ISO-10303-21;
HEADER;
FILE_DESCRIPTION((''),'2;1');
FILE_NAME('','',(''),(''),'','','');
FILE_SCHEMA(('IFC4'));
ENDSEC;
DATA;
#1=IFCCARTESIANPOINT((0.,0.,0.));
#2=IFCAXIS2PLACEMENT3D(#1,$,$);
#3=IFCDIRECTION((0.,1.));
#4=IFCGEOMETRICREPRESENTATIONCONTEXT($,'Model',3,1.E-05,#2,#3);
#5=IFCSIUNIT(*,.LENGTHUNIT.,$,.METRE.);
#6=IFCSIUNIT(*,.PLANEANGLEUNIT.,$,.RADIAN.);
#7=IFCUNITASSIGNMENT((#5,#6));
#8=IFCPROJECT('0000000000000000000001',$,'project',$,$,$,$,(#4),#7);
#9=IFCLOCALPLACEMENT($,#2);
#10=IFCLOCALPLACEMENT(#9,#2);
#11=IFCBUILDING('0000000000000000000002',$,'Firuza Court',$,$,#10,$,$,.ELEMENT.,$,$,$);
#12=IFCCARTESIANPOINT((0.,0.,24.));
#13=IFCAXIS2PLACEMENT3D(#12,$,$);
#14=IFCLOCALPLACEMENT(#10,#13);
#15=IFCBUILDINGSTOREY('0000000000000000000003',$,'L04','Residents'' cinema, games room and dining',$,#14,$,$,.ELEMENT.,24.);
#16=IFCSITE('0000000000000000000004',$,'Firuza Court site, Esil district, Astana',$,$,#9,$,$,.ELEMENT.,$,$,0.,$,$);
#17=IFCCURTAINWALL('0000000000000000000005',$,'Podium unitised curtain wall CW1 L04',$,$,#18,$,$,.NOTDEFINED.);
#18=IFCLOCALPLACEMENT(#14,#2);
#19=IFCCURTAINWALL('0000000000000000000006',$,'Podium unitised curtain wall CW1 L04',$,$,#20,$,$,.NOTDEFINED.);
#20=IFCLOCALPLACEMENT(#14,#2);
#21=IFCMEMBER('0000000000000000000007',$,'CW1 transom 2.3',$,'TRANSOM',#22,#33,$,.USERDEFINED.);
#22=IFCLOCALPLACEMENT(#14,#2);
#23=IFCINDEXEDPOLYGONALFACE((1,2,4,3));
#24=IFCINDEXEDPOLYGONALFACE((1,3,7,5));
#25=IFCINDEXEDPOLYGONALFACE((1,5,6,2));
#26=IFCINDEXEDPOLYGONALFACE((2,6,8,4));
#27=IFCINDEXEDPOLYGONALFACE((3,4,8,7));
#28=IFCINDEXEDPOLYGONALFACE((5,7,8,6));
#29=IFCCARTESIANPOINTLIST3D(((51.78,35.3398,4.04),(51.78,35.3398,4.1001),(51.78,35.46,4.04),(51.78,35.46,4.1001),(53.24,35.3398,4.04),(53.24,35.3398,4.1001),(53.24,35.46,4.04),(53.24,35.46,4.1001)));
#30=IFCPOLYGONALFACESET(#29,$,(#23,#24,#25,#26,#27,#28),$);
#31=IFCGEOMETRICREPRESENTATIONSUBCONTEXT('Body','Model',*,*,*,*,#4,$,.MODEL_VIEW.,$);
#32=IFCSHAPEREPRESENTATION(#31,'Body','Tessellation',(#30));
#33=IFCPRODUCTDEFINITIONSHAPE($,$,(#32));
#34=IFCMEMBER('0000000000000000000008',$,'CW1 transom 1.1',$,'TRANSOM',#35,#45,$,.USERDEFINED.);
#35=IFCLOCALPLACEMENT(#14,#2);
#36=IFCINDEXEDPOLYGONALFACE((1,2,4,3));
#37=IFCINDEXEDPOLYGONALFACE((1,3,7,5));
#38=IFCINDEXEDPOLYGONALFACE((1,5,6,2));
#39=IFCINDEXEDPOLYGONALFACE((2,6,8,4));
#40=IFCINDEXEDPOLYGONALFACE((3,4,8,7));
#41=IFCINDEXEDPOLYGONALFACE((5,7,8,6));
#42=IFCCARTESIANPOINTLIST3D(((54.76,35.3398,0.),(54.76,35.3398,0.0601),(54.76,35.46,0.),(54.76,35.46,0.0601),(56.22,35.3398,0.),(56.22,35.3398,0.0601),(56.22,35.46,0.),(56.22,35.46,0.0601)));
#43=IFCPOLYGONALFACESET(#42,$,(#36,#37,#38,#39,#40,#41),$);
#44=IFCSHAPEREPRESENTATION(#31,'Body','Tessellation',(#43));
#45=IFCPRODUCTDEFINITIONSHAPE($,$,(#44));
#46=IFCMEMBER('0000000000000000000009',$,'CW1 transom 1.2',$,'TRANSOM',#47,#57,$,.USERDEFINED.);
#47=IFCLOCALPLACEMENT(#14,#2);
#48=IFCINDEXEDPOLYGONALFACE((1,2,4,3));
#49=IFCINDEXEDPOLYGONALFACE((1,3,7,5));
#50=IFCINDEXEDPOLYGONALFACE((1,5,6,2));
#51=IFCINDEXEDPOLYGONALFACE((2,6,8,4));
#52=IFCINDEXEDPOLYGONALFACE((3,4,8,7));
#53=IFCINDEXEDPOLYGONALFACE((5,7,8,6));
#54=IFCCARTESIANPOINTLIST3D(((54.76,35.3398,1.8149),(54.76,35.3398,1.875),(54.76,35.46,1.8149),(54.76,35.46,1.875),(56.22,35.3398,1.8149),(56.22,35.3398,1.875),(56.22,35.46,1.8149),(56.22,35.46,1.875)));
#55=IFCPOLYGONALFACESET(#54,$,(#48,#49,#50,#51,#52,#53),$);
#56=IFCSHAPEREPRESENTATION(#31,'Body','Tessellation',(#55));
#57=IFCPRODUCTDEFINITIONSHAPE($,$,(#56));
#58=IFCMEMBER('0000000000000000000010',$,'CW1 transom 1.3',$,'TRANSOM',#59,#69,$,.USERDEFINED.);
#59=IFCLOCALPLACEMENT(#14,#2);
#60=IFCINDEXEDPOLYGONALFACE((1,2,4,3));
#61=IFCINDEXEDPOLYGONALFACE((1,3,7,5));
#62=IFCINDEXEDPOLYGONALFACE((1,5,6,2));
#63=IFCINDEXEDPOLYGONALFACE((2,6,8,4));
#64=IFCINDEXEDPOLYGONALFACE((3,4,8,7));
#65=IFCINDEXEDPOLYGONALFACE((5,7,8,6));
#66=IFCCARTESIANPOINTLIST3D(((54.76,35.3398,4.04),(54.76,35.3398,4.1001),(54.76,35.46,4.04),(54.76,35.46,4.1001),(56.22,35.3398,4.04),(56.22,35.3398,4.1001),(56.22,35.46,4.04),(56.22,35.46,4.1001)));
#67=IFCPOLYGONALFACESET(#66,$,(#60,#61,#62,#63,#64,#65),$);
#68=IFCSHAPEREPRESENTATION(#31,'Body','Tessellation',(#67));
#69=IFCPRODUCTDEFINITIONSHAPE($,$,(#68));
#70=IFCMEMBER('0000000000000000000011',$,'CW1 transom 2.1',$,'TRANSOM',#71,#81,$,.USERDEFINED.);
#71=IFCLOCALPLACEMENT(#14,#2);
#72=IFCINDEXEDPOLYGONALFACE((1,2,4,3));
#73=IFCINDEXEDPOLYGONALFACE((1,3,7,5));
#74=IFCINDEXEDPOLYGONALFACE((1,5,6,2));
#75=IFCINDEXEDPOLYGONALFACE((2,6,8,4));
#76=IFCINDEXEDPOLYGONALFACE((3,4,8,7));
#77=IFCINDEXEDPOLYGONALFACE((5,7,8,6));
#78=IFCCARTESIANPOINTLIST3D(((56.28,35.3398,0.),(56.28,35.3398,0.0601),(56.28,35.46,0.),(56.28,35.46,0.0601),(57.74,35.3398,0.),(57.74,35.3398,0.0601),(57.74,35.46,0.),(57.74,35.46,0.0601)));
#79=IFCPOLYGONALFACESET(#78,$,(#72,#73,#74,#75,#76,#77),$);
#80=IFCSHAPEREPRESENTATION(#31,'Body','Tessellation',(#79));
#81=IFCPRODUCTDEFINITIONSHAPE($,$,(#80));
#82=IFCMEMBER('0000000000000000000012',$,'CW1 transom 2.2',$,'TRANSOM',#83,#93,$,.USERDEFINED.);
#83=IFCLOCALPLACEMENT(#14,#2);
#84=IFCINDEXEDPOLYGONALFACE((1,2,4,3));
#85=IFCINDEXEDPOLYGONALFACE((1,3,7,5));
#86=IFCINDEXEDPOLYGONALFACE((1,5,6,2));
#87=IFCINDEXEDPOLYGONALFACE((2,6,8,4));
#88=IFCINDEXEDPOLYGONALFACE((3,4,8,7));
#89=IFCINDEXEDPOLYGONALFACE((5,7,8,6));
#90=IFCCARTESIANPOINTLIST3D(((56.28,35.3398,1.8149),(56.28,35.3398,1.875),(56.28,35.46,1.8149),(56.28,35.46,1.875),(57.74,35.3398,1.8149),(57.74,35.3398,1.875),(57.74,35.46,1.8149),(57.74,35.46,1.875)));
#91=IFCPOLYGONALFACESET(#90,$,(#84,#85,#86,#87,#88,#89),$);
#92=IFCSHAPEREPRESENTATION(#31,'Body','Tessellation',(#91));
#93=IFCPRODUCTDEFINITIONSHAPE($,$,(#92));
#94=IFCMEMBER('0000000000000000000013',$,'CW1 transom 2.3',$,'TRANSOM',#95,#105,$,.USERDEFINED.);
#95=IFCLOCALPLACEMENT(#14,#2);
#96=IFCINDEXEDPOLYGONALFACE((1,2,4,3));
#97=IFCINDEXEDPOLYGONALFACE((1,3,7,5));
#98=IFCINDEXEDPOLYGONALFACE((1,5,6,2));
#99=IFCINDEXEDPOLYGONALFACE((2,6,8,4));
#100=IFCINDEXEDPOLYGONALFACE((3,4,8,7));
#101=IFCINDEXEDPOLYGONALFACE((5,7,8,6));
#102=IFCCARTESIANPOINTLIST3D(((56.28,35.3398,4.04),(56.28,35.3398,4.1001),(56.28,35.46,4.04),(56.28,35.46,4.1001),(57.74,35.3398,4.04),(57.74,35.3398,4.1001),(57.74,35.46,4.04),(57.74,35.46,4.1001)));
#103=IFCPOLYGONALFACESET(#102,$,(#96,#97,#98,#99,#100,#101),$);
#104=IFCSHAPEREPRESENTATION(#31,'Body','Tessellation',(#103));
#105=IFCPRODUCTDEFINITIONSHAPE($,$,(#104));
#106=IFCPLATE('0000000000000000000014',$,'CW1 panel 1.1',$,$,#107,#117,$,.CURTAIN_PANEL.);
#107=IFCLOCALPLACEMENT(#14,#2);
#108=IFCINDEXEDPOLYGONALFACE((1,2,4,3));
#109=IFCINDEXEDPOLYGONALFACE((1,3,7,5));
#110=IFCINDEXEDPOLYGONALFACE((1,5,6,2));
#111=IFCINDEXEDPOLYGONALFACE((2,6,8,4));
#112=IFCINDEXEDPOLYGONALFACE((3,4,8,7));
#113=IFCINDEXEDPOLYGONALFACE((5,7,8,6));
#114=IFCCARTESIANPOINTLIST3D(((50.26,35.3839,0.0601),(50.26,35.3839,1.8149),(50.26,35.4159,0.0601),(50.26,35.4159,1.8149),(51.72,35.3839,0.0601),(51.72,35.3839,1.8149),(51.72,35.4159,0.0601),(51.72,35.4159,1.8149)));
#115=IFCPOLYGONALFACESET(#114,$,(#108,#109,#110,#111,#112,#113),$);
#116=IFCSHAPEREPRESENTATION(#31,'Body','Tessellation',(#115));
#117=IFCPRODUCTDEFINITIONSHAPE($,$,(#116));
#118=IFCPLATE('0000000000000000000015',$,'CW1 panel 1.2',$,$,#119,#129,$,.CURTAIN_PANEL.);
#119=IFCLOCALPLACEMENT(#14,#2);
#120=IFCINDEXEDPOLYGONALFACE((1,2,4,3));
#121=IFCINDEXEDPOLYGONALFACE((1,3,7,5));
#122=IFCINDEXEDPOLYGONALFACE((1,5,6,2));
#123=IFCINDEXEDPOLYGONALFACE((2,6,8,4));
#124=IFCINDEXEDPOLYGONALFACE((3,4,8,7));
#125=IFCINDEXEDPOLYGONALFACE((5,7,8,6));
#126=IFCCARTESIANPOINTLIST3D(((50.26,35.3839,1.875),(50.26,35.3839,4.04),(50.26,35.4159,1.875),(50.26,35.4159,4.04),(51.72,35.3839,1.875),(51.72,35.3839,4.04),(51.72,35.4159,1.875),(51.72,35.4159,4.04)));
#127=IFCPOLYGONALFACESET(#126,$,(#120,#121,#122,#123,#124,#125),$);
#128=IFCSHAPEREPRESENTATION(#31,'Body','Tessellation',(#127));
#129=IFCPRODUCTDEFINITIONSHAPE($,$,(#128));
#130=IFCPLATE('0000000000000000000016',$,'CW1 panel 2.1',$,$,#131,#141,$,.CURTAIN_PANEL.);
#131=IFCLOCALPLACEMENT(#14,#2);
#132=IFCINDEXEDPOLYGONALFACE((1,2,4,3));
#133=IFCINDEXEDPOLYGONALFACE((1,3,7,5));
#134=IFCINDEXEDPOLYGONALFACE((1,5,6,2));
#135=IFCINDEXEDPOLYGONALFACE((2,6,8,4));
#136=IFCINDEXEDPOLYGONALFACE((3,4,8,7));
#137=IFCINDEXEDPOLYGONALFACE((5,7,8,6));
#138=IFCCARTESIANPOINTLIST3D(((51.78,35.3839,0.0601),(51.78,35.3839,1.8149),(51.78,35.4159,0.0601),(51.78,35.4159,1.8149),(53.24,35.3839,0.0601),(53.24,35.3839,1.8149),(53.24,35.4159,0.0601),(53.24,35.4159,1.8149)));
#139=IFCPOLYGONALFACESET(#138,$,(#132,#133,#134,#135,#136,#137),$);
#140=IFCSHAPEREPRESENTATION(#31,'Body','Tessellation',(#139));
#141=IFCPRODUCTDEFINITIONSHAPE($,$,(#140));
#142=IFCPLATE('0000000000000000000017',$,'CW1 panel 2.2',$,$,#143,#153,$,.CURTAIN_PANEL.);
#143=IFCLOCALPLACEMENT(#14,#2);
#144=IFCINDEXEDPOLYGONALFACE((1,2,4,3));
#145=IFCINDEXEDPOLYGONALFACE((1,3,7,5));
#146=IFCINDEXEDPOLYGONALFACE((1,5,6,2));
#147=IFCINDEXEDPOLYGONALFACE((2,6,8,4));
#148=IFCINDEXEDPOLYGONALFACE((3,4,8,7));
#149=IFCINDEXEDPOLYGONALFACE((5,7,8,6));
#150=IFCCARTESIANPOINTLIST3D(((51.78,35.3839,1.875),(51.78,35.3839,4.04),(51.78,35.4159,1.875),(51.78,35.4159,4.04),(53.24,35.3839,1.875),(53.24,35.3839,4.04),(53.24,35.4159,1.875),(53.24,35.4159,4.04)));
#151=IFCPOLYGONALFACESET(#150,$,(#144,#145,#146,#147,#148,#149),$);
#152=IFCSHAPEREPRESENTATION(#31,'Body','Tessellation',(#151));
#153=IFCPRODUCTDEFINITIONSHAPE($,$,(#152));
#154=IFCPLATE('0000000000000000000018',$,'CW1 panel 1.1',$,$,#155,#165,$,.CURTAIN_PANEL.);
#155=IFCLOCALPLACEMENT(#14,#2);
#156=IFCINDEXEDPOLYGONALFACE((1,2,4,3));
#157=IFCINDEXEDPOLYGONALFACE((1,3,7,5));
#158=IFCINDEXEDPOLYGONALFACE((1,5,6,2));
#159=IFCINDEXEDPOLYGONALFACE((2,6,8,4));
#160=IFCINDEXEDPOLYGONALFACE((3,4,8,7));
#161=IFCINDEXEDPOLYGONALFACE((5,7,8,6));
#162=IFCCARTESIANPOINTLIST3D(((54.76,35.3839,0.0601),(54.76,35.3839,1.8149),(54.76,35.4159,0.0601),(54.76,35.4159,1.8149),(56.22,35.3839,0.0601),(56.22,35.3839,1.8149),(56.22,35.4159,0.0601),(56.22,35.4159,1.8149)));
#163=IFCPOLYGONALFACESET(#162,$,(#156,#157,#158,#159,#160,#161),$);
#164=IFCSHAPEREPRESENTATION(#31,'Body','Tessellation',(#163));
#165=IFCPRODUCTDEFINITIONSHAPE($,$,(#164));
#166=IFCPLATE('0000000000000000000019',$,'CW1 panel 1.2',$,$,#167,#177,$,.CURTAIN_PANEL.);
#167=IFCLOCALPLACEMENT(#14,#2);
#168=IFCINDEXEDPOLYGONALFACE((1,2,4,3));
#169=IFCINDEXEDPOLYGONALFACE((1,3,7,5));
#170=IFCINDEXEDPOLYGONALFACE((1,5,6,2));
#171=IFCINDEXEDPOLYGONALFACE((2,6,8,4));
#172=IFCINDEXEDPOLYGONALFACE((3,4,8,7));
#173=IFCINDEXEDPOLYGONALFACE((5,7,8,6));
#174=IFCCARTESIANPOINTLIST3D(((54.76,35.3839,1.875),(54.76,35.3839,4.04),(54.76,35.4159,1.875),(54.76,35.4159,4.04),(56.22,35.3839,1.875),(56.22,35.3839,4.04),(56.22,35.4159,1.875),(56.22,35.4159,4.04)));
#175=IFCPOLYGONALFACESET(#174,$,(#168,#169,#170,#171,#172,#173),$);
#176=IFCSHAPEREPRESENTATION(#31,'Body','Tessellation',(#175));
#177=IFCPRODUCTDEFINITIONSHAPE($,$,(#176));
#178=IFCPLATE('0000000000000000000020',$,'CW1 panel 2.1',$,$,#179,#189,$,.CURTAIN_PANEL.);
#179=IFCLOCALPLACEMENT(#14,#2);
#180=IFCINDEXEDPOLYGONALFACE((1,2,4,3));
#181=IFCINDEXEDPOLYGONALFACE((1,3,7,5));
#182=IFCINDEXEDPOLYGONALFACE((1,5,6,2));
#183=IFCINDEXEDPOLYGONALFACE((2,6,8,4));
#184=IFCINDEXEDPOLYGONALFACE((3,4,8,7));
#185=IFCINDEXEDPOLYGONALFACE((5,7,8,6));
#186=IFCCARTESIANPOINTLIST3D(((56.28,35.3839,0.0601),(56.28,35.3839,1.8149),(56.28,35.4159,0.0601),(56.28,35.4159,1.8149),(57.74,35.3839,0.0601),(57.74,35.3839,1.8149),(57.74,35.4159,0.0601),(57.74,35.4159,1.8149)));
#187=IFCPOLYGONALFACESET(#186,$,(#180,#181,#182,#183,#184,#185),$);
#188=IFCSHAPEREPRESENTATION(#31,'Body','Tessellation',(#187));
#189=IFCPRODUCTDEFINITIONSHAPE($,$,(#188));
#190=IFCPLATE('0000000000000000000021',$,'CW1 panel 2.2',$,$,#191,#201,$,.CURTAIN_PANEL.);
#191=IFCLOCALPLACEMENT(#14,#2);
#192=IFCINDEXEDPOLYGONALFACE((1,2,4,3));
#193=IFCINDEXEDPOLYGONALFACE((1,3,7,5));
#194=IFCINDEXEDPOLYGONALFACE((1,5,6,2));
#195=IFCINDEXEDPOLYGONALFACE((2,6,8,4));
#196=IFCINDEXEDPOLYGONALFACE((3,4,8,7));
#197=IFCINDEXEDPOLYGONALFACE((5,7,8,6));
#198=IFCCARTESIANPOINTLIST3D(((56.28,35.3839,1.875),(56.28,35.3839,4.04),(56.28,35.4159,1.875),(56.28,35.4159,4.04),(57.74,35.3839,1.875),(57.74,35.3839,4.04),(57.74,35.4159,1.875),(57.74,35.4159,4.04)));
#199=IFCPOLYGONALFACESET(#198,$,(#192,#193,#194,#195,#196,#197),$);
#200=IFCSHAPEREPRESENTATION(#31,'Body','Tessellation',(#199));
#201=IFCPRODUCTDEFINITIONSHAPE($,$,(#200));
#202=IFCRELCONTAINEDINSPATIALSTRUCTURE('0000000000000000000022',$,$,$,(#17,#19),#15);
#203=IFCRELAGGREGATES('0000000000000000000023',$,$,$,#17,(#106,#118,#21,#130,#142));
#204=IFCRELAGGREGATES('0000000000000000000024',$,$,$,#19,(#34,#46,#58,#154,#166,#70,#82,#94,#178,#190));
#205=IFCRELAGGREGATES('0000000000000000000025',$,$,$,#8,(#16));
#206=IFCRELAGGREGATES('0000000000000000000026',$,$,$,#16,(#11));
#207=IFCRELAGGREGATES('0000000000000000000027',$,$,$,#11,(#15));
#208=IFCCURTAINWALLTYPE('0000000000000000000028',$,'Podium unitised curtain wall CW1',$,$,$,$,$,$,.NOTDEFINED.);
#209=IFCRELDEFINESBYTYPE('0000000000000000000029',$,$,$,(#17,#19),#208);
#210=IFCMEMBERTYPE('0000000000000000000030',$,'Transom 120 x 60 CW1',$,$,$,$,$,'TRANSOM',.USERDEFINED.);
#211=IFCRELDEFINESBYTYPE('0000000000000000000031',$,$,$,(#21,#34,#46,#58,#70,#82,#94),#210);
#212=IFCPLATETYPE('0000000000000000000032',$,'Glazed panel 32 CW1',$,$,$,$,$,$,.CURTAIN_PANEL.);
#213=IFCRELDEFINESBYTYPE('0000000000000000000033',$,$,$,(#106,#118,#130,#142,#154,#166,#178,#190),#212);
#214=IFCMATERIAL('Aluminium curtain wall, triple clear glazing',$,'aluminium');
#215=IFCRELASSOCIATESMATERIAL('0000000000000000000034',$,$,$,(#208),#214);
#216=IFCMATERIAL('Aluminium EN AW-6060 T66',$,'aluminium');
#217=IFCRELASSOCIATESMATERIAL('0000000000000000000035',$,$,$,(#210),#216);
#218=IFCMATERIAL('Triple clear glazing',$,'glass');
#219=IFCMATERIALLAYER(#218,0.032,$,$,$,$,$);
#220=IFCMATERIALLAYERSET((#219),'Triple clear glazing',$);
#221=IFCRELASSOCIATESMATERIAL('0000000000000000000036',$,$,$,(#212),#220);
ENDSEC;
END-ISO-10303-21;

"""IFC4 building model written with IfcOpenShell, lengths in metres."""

from ifc_helpers import new_model, si_unit, direction, frame, origin, origin_2d, place, context, subcontext, project, spatial, rectangle, extrude, material, layer, layer_set, material_profile, profile_set, type_object, element, aggregate, save


model = new_model("IFC4")

# Units and contexts
model_context = context("Model", 3, precision=1e-05, world=origin(), true_north=direction((0.0, 1.0)))
body_context = subcontext(model_context, "Body", "Model", "MODEL_VIEW")
ifc_project = project(units=[si_unit("LENGTHUNIT", "METRE"), si_unit("PLANEANGLEUNIT", "RADIAN")], contexts=[model_context])

# Site, building, storey
site_placement = place(None, origin())
site = spatial("IfcSite", under=ifc_project, at=site_placement, Name="Firuza Court site, Esil district, Astana", CompositionType="ELEMENT", RefElevation=0.0)
building_placement = place(site_placement, origin())
building = spatial("IfcBuilding", under=site, at=building_placement, Name="Firuza Court", CompositionType="ELEMENT")
storey_placement = place(building_placement, frame((0.0, 0.0, 24.0)))
storey = spatial("IfcBuildingStorey", under=building, at=storey_placement, Name="L04", Description="Residents' cinema, games room and dining", CompositionType="ELEMENT", Elevation=24.0)

# Curtain walls
ifc_material_1 = material(Name="Aluminium curtain wall, triple clear glazing", Category="aluminium")
curtain_wall_type = type_object("IfcCurtainWallType", Name="Podium unitised curtain wall CW1", PredefinedType="NOTDEFINED", material=ifc_material_1)
curtain_wall_1_placement = place(storey_placement, origin())
curtain_wall_1 = element("IfcCurtainWall", 1, at=curtain_wall_1_placement, inside=storey, type_object=curtain_wall_type, Name="Podium unitised curtain wall CW1 L04", PredefinedType="NOTDEFINED")
curtain_wall_2_placement = place(storey_placement, origin())
curtain_wall_2 = element("IfcCurtainWall", 2, at=curtain_wall_2_placement, inside=storey, type_object=curtain_wall_type, Name="Podium unitised curtain wall CW1 L04", PredefinedType="NOTDEFINED")

# Members
ifc_material_2 = material(Name="Aluminium EN AW-6060 T66", Category="aluminium")
ifc_material_profile_1 = material_profile(ifc_material_2, rectangle(XDim=0.1201, YDim=0.0601, at=origin_2d()), Name="Transom 120 x 60 CW1")
ifc_profile_set_1 = profile_set([ifc_material_profile_1], Name="Aluminium EN AW-6060 T66")
member_type_1 = type_object("IfcMemberType", Name="Transom 120 x 60 CW1", ElementType="TRANSOM", PredefinedType="USERDEFINED", material=ifc_profile_set_1)
member_1_placement = place(storey_placement, frame((51.78, 35.3999, 4.0701), z_axis=(1.0, 0.0, 0.0), x_axis=(0.0, 1.0, 0.0)))
member_1 = element("IfcMember", 3, at=member_1_placement, type_object=member_type_1, Name="CW1 transom 2.3", ObjectType="TRANSOM", PredefinedType="USERDEFINED", context=body_context, shape_type="SweptSolid", body=[
    extrude(rectangle(XDim=0.1201, YDim=0.0601, at=origin_2d()), origin(), (0.0, 0.0, 1.0), 1.46),
])
member_2_placement = place(storey_placement, frame((54.76, 35.3999, 0.03), z_axis=(1.0, 0.0, 0.0), x_axis=(0.0, 1.0, 0.0)))
member_2 = element("IfcMember", 4, at=member_2_placement, type_object=member_type_1, Name="CW1 transom 1.1", ObjectType="TRANSOM", PredefinedType="USERDEFINED", context=body_context, shape_type="SweptSolid", body=[
    extrude(rectangle(XDim=0.1201, YDim=0.0601, at=origin_2d()), origin(), (0.0, 0.0, 1.0), 1.46),
])
member_3_placement = place(storey_placement, frame((54.76, 35.3999, 1.845), z_axis=(1.0, 0.0, 0.0), x_axis=(0.0, 1.0, 0.0)))
member_3 = element("IfcMember", 5, at=member_3_placement, type_object=member_type_1, Name="CW1 transom 1.2", ObjectType="TRANSOM", PredefinedType="USERDEFINED", context=body_context, shape_type="SweptSolid", body=[
    extrude(rectangle(XDim=0.1201, YDim=0.0601, at=origin_2d()), origin(), (0.0, 0.0, 1.0), 1.46),
])
member_4_placement = place(storey_placement, frame((54.76, 35.3999, 4.0701), z_axis=(1.0, 0.0, 0.0), x_axis=(0.0, 1.0, 0.0)))
member_4 = element("IfcMember", 6, at=member_4_placement, type_object=member_type_1, Name="CW1 transom 1.3", ObjectType="TRANSOM", PredefinedType="USERDEFINED", context=body_context, shape_type="SweptSolid", body=[
    extrude(rectangle(XDim=0.1201, YDim=0.0601, at=origin_2d()), origin(), (0.0, 0.0, 1.0), 1.46),
])
member_5_placement = place(storey_placement, frame((56.28, 35.3999, 0.03), z_axis=(1.0, 0.0, 0.0), x_axis=(0.0, 1.0, 0.0)))
member_5 = element("IfcMember", 7, at=member_5_placement, type_object=member_type_1, Name="CW1 transom 2.1", ObjectType="TRANSOM", PredefinedType="USERDEFINED", context=body_context, shape_type="SweptSolid", body=[
    extrude(rectangle(XDim=0.1201, YDim=0.0601, at=origin_2d()), origin(), (0.0, 0.0, 1.0), 1.46),
])
member_6_placement = place(storey_placement, frame((56.28, 35.3999, 1.845), z_axis=(1.0, 0.0, 0.0), x_axis=(0.0, 1.0, 0.0)))
member_6 = element("IfcMember", 8, at=member_6_placement, type_object=member_type_1, Name="CW1 transom 2.2", ObjectType="TRANSOM", PredefinedType="USERDEFINED", context=body_context, shape_type="SweptSolid", body=[
    extrude(rectangle(XDim=0.1201, YDim=0.0601, at=origin_2d()), origin(), (0.0, 0.0, 1.0), 1.46),
])
member_7_placement = place(storey_placement, frame((56.28, 35.3999, 4.0701), z_axis=(1.0, 0.0, 0.0), x_axis=(0.0, 1.0, 0.0)))
member_7 = element("IfcMember", 9, at=member_7_placement, type_object=member_type_1, Name="CW1 transom 2.3", ObjectType="TRANSOM", PredefinedType="USERDEFINED", context=body_context, shape_type="SweptSolid", body=[
    extrude(rectangle(XDim=0.1201, YDim=0.0601, at=origin_2d()), origin(), (0.0, 0.0, 1.0), 1.46),
])

# Plates
ifc_material_3 = material(Name="Triple clear glazing", Category="glass")
ifc_layer = layer(ifc_material_3, 0.032)
ifc_layer_set = layer_set([ifc_layer], Name="Triple clear glazing")
plate_type = type_object("IfcPlateType", Name="Glazed panel 32 CW1", PredefinedType="CURTAIN_PANEL", material=ifc_layer_set)
plate_1_placement = place(storey_placement, frame((50.99, 35.3999, 0.0601), z_axis=(0.0, 0.0, 1.0), x_axis=(1.0, 0.0, 0.0)))
plate_1 = element("IfcPlate", 10, at=plate_1_placement, type_object=plate_type, Name="CW1 panel 1.1", PredefinedType="CURTAIN_PANEL", context=body_context, shape_type="SweptSolid", body=[
    extrude(rectangle(XDim=1.46, YDim=0.032, at=origin_2d()), origin(), (0.0, 0.0, 1.0), 1.7549),
])
plate_2_placement = place(storey_placement, frame((50.99, 35.3999, 1.875), z_axis=(0.0, 0.0, 1.0), x_axis=(1.0, 0.0, 0.0)))
plate_2 = element("IfcPlate", 11, at=plate_2_placement, type_object=plate_type, Name="CW1 panel 1.2", PredefinedType="CURTAIN_PANEL", context=body_context, shape_type="SweptSolid", body=[
    extrude(rectangle(XDim=1.46, YDim=0.032, at=origin_2d()), origin(), (0.0, 0.0, 1.0), 2.165),
])
plate_3_placement = place(storey_placement, frame((52.51, 35.3999, 0.0601), z_axis=(0.0, 0.0, 1.0), x_axis=(1.0, 0.0, 0.0)))
plate_3 = element("IfcPlate", 12, at=plate_3_placement, type_object=plate_type, Name="CW1 panel 2.1", PredefinedType="CURTAIN_PANEL", context=body_context, shape_type="SweptSolid", body=[
    extrude(rectangle(XDim=1.46, YDim=0.032, at=origin_2d()), origin(), (0.0, 0.0, 1.0), 1.7549),
])
plate_4_placement = place(storey_placement, frame((52.51, 35.3999, 1.875), z_axis=(0.0, 0.0, 1.0), x_axis=(1.0, 0.0, 0.0)))
plate_4 = element("IfcPlate", 13, at=plate_4_placement, type_object=plate_type, Name="CW1 panel 2.2", PredefinedType="CURTAIN_PANEL", context=body_context, shape_type="SweptSolid", body=[
    extrude(rectangle(XDim=1.46, YDim=0.032, at=origin_2d()), origin(), (0.0, 0.0, 1.0), 2.165),
])
aggregate(curtain_wall_1, [plate_1, plate_2, member_1, plate_3, plate_4])
plate_5_placement = place(storey_placement, frame((55.49, 35.3999, 0.0601), z_axis=(0.0, 0.0, 1.0), x_axis=(1.0, 0.0, 0.0)))
plate_5 = element("IfcPlate", 14, at=plate_5_placement, type_object=plate_type, Name="CW1 panel 1.1", PredefinedType="CURTAIN_PANEL", context=body_context, shape_type="SweptSolid", body=[
    extrude(rectangle(XDim=1.46, YDim=0.032, at=origin_2d()), origin(), (0.0, 0.0, 1.0), 1.7549),
])
plate_6_placement = place(storey_placement, frame((55.49, 35.3999, 1.875), z_axis=(0.0, 0.0, 1.0), x_axis=(1.0, 0.0, 0.0)))
plate_6 = element("IfcPlate", 15, at=plate_6_placement, type_object=plate_type, Name="CW1 panel 1.2", PredefinedType="CURTAIN_PANEL", context=body_context, shape_type="SweptSolid", body=[
    extrude(rectangle(XDim=1.46, YDim=0.032, at=origin_2d()), origin(), (0.0, 0.0, 1.0), 2.165),
])
plate_7_placement = place(storey_placement, frame((57.01, 35.3999, 0.0601), z_axis=(0.0, 0.0, 1.0), x_axis=(1.0, 0.0, 0.0)))
plate_7 = element("IfcPlate", 16, at=plate_7_placement, type_object=plate_type, Name="CW1 panel 2.1", PredefinedType="CURTAIN_PANEL", context=body_context, shape_type="SweptSolid", body=[
    extrude(rectangle(XDim=1.46, YDim=0.032, at=origin_2d()), origin(), (0.0, 0.0, 1.0), 1.7549),
])
plate_8_placement = place(storey_placement, frame((57.01, 35.3999, 1.875), z_axis=(0.0, 0.0, 1.0), x_axis=(1.0, 0.0, 0.0)))
plate_8 = element("IfcPlate", 17, at=plate_8_placement, type_object=plate_type, Name="CW1 panel 2.2", PredefinedType="CURTAIN_PANEL", context=body_context, shape_type="SweptSolid", body=[
    extrude(rectangle(XDim=1.46, YDim=0.032, at=origin_2d()), origin(), (0.0, 0.0, 1.0), 2.165),
])
aggregate(curtain_wall_2, [member_2, member_3, member_4, plate_5, plate_6, member_5, member_6, member_7, plate_7, plate_8])

save(model, "model.ifc")
